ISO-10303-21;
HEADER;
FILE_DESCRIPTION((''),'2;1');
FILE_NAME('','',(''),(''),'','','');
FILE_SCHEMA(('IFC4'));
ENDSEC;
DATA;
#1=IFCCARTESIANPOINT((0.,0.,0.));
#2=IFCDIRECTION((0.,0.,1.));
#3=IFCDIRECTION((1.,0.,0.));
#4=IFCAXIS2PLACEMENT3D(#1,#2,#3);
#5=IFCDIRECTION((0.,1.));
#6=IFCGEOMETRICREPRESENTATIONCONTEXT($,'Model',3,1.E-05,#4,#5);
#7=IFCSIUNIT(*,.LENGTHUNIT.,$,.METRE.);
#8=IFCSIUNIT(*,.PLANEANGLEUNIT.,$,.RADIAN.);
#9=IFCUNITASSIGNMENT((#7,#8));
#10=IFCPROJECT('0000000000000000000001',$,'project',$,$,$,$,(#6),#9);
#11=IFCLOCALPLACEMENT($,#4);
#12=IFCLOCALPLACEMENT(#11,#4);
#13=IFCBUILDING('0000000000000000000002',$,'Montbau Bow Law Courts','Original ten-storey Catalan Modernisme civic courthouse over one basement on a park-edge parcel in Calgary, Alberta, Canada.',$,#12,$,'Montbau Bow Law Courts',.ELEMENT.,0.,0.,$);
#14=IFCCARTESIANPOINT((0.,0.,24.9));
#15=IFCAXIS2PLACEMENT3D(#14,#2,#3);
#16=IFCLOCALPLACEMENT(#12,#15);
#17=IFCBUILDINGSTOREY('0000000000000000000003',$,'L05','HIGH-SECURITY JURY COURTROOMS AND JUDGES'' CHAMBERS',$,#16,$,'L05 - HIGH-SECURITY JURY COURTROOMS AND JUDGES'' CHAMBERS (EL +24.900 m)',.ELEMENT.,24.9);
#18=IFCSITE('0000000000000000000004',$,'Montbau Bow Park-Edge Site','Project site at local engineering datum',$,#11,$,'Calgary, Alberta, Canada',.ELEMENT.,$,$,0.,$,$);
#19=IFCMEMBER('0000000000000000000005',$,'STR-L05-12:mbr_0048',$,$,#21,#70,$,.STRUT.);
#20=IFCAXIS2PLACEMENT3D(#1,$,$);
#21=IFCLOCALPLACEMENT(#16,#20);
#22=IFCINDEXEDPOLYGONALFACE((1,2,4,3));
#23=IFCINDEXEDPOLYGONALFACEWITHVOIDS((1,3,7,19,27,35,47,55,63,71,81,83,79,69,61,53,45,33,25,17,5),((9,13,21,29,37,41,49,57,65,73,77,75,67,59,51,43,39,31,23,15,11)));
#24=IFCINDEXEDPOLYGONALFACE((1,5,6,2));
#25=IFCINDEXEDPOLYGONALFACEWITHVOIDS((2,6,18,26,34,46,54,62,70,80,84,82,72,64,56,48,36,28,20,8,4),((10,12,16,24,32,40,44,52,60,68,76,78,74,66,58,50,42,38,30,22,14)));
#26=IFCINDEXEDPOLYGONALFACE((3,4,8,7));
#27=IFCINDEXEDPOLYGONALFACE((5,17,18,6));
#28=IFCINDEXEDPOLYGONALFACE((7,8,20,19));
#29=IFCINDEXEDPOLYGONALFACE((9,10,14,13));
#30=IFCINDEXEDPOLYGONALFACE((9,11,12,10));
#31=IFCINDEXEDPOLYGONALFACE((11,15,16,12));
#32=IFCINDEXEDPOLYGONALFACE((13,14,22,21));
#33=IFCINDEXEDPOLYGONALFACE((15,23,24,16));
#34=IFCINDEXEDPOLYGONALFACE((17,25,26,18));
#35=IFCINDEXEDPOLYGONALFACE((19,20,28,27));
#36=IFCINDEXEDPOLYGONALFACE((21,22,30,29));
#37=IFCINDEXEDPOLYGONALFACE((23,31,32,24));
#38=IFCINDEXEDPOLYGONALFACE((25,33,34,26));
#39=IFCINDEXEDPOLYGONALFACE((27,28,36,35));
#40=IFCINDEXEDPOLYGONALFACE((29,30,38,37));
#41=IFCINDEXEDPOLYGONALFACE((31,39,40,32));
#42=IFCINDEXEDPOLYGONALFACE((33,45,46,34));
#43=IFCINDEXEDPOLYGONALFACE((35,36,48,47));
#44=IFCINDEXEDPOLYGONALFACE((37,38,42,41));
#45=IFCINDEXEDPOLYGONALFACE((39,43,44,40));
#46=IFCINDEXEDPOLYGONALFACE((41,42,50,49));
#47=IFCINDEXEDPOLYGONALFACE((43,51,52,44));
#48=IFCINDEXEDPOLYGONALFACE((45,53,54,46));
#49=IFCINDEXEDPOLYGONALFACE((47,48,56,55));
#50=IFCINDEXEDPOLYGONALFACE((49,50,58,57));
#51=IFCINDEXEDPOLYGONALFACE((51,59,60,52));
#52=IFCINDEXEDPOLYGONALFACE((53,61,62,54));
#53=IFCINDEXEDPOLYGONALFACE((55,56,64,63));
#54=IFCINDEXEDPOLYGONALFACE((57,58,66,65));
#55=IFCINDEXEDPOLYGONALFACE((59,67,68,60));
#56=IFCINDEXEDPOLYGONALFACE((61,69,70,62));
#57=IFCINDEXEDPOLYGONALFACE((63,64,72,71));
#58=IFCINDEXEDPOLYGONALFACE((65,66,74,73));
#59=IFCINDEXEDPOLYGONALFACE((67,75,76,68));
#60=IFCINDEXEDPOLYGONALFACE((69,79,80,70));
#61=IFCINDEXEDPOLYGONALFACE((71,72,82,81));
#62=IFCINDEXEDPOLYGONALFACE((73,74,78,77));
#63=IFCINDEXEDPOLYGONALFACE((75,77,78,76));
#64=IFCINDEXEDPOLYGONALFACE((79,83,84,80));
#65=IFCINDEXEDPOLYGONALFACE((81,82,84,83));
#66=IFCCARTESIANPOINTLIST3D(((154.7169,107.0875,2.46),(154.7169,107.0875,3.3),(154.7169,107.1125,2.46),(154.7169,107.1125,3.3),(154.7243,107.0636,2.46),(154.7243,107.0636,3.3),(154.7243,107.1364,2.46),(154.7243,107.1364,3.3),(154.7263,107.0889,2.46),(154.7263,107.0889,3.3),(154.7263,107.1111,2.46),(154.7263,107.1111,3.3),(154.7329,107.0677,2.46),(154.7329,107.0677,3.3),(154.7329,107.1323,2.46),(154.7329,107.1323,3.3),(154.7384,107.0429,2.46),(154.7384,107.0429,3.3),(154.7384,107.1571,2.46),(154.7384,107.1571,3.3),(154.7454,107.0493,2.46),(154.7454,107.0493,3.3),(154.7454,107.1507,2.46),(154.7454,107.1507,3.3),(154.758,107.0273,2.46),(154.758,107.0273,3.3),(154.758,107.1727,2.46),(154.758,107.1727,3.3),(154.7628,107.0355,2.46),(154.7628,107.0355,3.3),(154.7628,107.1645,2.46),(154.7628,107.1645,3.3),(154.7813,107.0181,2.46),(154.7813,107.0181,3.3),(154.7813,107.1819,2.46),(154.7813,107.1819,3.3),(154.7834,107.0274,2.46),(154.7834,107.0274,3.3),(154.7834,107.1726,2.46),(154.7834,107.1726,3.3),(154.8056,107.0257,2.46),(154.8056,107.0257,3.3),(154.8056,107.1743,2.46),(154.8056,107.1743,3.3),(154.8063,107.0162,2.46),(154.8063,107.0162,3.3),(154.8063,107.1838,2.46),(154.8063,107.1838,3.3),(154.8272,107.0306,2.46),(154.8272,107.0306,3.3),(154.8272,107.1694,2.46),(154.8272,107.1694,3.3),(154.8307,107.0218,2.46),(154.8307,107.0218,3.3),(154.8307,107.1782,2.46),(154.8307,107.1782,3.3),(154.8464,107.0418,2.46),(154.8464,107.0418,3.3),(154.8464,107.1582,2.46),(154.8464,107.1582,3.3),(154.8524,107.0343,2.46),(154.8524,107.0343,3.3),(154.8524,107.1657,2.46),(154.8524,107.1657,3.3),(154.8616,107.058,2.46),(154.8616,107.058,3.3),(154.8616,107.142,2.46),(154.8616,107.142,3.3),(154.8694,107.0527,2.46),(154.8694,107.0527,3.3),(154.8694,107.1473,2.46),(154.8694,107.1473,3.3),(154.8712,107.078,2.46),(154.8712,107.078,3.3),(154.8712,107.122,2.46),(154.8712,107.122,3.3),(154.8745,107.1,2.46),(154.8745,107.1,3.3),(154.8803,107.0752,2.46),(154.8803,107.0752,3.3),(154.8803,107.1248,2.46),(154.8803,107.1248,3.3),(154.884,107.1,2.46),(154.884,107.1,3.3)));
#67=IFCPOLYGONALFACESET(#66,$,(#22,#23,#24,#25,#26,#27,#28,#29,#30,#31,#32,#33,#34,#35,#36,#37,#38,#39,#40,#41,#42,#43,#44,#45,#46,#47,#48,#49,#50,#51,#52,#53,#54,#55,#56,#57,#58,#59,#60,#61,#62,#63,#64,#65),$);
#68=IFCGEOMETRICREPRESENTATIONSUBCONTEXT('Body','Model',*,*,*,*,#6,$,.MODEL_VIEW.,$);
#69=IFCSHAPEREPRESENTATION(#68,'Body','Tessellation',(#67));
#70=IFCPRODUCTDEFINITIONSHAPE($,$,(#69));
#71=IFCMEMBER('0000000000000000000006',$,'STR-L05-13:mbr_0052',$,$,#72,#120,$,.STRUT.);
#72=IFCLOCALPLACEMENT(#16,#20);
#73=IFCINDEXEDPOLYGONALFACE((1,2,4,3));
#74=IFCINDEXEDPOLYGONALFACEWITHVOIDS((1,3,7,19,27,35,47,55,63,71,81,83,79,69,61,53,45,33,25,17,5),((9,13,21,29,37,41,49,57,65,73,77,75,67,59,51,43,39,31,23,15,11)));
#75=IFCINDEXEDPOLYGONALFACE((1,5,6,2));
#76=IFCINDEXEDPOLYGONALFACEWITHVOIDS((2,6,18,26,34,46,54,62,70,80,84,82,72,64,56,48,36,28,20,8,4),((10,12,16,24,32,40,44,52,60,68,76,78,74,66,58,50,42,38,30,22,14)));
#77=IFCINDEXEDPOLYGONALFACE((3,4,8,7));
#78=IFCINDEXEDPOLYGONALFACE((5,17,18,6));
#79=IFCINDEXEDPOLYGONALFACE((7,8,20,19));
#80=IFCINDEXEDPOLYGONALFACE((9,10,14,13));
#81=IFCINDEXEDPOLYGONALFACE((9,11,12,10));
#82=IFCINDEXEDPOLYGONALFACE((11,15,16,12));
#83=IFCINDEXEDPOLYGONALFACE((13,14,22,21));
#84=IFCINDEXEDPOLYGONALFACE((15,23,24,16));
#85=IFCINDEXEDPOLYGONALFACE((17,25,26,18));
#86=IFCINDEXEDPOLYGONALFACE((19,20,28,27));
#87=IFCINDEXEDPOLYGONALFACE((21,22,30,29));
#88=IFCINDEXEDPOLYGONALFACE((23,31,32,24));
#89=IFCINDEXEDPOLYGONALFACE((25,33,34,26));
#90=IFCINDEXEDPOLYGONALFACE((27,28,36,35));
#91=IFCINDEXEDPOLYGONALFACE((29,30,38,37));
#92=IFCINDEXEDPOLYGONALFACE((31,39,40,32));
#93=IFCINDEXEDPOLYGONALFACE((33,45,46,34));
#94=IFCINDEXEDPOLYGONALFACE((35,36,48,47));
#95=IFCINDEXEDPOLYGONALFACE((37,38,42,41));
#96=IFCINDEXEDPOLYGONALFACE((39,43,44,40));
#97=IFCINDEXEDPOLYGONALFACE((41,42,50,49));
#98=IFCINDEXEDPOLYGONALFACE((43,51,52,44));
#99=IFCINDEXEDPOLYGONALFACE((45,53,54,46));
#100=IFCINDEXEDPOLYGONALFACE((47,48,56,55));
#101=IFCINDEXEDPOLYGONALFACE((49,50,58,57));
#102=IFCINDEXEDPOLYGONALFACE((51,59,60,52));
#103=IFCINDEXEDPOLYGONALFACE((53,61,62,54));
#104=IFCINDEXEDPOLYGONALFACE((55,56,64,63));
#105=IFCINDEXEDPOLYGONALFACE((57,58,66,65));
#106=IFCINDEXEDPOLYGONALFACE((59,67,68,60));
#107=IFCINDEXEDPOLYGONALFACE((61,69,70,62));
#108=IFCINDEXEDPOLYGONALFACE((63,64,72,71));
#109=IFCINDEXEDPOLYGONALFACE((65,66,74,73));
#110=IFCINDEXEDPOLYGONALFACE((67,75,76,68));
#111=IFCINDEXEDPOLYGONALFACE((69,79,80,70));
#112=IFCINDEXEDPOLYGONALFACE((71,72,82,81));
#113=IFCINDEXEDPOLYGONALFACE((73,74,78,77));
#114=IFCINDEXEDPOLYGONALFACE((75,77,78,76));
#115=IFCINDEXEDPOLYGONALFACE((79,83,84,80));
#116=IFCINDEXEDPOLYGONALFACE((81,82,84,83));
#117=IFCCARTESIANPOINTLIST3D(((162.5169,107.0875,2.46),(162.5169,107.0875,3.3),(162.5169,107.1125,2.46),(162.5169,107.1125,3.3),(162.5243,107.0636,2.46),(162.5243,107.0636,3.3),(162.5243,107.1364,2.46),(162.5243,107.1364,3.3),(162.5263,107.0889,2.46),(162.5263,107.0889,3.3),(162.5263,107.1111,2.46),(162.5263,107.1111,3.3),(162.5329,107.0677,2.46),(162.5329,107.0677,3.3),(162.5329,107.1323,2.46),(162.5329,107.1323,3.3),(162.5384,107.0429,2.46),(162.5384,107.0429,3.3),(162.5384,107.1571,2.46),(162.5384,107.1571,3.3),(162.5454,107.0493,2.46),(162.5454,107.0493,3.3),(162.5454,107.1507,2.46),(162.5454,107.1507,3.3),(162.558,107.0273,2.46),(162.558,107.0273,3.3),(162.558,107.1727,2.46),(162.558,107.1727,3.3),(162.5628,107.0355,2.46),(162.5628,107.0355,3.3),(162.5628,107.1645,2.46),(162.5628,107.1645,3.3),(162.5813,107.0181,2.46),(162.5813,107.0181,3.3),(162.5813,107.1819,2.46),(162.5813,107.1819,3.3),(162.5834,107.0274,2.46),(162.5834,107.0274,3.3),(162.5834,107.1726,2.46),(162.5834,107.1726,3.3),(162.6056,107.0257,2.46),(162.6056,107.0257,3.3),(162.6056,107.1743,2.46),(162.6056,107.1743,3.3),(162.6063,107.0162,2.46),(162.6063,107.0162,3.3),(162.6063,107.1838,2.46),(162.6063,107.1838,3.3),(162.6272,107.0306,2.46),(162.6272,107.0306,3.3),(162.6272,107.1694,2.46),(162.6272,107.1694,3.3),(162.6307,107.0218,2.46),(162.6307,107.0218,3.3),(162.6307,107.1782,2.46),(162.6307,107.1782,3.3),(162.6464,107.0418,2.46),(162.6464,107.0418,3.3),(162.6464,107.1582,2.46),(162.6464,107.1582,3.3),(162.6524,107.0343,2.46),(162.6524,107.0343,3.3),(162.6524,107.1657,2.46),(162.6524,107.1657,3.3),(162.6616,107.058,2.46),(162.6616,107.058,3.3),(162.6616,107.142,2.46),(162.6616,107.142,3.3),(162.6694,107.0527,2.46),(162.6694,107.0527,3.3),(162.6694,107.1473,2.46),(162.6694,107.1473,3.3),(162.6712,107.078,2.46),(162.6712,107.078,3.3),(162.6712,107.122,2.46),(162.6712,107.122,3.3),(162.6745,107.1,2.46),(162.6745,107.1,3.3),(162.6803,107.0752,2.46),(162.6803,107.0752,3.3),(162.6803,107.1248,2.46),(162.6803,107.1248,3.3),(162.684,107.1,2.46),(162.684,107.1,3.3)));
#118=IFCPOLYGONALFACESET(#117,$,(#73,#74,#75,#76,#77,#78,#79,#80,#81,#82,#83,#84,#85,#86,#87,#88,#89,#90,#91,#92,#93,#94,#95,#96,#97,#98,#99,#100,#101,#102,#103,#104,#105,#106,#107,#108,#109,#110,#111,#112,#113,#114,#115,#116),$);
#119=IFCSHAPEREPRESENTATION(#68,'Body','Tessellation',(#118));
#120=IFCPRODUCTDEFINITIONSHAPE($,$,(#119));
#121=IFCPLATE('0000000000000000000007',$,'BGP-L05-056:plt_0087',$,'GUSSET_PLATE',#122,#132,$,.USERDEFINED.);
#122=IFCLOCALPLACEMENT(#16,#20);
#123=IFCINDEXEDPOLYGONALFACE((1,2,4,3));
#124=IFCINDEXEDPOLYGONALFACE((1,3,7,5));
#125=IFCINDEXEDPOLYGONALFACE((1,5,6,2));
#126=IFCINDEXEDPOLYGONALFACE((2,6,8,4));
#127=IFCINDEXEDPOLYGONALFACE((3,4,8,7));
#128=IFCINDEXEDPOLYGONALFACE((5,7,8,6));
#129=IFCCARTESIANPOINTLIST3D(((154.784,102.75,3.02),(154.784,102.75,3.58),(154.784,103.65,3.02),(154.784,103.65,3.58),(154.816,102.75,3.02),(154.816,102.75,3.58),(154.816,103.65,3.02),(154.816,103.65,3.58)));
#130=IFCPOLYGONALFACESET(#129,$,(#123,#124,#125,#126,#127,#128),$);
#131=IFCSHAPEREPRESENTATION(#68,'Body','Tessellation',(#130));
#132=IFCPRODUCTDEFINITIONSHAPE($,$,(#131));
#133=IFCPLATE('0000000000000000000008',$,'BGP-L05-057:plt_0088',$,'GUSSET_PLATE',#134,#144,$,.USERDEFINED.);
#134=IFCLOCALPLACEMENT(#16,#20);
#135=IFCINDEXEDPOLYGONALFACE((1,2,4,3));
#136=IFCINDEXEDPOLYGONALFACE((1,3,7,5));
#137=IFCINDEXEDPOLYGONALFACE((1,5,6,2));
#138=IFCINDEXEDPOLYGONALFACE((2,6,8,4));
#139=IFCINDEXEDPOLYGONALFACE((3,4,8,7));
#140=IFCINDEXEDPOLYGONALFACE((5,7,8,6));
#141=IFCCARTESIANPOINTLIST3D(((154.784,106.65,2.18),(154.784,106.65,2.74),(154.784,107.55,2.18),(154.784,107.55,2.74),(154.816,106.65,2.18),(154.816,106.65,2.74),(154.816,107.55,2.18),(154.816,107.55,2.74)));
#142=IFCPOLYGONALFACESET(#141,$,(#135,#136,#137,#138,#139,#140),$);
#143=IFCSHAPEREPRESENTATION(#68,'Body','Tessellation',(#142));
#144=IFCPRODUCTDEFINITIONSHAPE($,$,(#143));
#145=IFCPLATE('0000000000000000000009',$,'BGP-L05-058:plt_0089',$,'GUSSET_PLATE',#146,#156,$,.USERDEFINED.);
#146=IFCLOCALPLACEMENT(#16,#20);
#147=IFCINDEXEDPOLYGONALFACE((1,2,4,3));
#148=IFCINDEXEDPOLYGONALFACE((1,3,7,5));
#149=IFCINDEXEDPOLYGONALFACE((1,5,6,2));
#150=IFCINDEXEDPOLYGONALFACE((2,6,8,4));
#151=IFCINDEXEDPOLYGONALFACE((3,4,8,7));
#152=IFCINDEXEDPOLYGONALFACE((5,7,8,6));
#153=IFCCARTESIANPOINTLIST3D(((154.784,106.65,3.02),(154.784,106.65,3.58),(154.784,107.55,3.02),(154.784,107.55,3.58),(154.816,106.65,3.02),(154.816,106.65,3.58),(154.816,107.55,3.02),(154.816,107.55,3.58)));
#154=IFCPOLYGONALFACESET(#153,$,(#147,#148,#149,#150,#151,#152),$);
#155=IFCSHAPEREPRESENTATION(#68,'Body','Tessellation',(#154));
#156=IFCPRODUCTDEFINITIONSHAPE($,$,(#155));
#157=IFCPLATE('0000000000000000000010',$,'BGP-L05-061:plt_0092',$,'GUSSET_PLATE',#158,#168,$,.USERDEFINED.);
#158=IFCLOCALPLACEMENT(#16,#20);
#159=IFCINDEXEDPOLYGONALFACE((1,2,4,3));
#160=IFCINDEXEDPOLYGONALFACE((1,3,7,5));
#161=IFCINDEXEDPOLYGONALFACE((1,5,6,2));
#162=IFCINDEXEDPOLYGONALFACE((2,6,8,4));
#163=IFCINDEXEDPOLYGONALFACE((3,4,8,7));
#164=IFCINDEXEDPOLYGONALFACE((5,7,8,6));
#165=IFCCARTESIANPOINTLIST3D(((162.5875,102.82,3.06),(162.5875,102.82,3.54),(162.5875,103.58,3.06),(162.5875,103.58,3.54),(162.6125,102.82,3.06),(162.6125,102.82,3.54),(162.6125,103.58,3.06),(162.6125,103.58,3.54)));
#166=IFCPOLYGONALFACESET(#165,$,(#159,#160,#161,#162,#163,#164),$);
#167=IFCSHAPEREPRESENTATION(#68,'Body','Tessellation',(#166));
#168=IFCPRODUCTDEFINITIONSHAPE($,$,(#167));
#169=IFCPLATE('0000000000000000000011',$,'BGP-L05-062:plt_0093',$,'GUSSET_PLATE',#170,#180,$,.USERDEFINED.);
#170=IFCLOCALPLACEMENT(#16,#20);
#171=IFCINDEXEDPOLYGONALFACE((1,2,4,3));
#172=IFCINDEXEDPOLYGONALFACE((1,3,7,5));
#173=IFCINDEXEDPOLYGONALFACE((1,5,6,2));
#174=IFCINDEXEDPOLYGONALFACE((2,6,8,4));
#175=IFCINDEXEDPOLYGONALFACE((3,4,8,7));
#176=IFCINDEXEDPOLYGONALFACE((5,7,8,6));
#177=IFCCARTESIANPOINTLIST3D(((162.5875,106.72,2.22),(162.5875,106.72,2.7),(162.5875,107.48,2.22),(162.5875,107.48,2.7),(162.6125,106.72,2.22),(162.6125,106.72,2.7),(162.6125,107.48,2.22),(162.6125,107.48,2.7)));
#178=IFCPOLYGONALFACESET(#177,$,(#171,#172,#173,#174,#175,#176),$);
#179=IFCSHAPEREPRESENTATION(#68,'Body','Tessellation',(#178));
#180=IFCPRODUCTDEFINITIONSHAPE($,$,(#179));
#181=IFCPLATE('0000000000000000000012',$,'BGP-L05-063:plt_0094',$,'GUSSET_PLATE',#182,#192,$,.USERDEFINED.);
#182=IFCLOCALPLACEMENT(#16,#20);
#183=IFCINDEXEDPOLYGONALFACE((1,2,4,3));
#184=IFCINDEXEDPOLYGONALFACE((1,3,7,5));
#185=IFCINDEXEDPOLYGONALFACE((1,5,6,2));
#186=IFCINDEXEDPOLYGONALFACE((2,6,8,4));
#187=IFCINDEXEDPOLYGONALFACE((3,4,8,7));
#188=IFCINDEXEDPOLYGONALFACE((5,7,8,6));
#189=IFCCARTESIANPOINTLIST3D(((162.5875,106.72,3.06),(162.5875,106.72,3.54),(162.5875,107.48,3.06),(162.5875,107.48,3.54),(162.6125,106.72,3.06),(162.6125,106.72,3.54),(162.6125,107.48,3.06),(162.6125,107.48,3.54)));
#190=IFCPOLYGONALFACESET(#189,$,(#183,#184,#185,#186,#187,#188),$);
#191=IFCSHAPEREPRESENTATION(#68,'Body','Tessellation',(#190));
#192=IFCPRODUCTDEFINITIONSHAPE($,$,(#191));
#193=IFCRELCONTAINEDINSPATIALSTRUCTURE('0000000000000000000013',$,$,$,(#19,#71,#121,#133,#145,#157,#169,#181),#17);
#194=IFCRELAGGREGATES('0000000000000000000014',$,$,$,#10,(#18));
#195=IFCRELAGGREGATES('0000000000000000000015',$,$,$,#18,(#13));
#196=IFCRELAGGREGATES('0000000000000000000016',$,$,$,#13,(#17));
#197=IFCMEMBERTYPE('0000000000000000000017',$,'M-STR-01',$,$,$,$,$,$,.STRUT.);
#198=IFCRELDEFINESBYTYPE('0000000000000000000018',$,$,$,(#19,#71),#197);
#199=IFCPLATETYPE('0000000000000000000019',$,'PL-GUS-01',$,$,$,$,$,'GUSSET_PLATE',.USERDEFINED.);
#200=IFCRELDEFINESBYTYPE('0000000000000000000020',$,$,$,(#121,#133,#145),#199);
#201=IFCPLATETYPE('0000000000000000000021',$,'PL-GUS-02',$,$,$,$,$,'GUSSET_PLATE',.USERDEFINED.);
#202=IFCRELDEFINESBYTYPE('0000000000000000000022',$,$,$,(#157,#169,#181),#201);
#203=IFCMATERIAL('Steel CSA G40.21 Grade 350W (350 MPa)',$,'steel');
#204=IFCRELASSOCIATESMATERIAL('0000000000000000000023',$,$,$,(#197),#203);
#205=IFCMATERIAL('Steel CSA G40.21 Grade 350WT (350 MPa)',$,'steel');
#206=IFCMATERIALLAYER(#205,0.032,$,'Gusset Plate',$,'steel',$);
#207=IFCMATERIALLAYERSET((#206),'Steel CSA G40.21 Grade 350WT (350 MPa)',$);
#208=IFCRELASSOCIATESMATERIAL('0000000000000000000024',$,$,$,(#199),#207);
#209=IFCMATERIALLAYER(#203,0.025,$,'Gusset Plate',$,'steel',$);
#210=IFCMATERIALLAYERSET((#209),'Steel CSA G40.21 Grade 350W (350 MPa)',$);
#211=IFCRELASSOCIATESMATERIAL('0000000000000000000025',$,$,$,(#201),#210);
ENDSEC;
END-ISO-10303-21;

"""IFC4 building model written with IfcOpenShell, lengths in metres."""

from ifc_helpers import new_model, si_unit, direction, frame, origin_with_axes, origin_2d_with_axis, place, context, subcontext, project, spatial, rectangle, hollow_circle, extrude, material, layer, layer_set, material_profile, profile_set, type_object, element, save


model = new_model("IFC4")

# Units and contexts
model_context = context("Model", 3, precision=1e-05, world=origin_with_axes(), true_north=direction((0.0, 1.0)))
body_context = subcontext(model_context, "Body", "Model", "MODEL_VIEW")
ifc_project = project(units=[si_unit("LENGTHUNIT", "METRE"), si_unit("PLANEANGLEUNIT", "RADIAN")], contexts=[model_context])

# Site, building, storey
site_placement = place(None, origin_with_axes())
site = spatial("IfcSite", under=ifc_project, at=site_placement, Name="Montbau Bow Park-Edge Site", Description="Project site at local engineering datum", LongName="Calgary, Alberta, Canada", CompositionType="ELEMENT", RefElevation=0.0)
building_placement = place(site_placement, origin_with_axes())
building = spatial("IfcBuilding", under=site, at=building_placement, Name="Montbau Bow Law Courts", Description="Original ten-storey Catalan Modernisme civic courthouse over one basement on a park-edge parcel in Calgary, Alberta, Canada.", LongName="Montbau Bow Law Courts", CompositionType="ELEMENT", ElevationOfRefHeight=0.0, ElevationOfTerrain=0.0)
storey_placement = place(building_placement, frame((0.0, 0.0, 24.9), z_axis=(0.0, 0.0, 1.0), x_axis=(1.0, 0.0, 0.0)))
storey = spatial("IfcBuildingStorey", under=building, at=storey_placement, Name="L05", Description="HIGH-SECURITY JURY COURTROOMS AND JUDGES' CHAMBERS", LongName="L05 - HIGH-SECURITY JURY COURTROOMS AND JUDGES' CHAMBERS (EL +24.900 m)", CompositionType="ELEMENT", Elevation=24.9)

# Shared definitions
ifc_material_1 = material(Name="Steel CSA G40.21 Grade 350W (350 MPa)", Category="steel")

# Shared definitions
ifc_material_2 = material(Name="Steel CSA G40.21 Grade 350WT (350 MPa)", Category="steel")

# Members
ifc_material_profile_1 = material_profile(ifc_material_1, hollow_circle(Radius=0.084, WallThickness=0.0095, at=origin_2d_with_axis()), Name="HSS168X9.5", Category="Main", Priority=0)
ifc_profile_set_1 = profile_set([ifc_material_profile_1], Name="Steel CSA G40.21 Grade 350W (350 MPa)")
member_type_1 = type_object("IfcMemberType", Name="M-STR-01", PredefinedType="STRUT", material=ifc_profile_set_1)
for number, where, z_axis, x_axis, name in (
    (1, (154.8, 107.1, 27.36), (0.0, 0.0, 1.0), (1.0, 0.0, 0.0), "STR-L05-12:mbr_0048"),
    (2, (162.6, 107.1, 27.36), (0.0, 0.0, 1.0), (1.0, 0.0, 0.0), "STR-L05-13:mbr_0052"),
):
    element("IfcMember", number, at=place(None, frame(where, z_axis=z_axis, x_axis=x_axis)), inside=storey, type_object=member_type_1, Name=name, PredefinedType="STRUT", context=body_context, shape_type="SweptSolid", body=[
        extrude(hollow_circle(Radius=0.084, WallThickness=0.0095, at=origin_2d_with_axis()), origin_with_axes(), (0.0, 0.0, 1.0), 0.84),
    ])

# Plates
ifc_layer_1 = layer(ifc_material_2, 0.032, Name="Gusset Plate", Category="steel")
ifc_layer_set_1 = layer_set([ifc_layer_1], Name="Steel CSA G40.21 Grade 350WT (350 MPa)")
plate_type_1 = type_object("IfcPlateType", Name="PL-GUS-01", ElementType="GUSSET_PLATE", PredefinedType="USERDEFINED", material=ifc_layer_set_1)
for number, where, z_axis, x_axis, name in (
    (3, (154.8, 103.2, 27.92), (0.0, 0.0, 1.0), (0.0, 1.0, 0.0), "BGP-L05-056:plt_0087"),
    (4, (154.8, 107.1, 27.08), (0.0, 0.0, 1.0), (0.0, 1.0, 0.0), "BGP-L05-057:plt_0088"),
    (5, (154.8, 107.1, 27.92), (0.0, 0.0, 1.0), (0.0, 1.0, 0.0), "BGP-L05-058:plt_0089"),
):
    element("IfcPlate", number, at=place(None, frame(where, z_axis=z_axis, x_axis=x_axis)), inside=storey, type_object=plate_type_1, Name=name, ObjectType="GUSSET_PLATE", PredefinedType="USERDEFINED", context=body_context, shape_type="SweptSolid", body=[
        extrude(rectangle(XDim=0.9, YDim=0.032, at=origin_2d_with_axis()), origin_with_axes(), (0.0, 0.0, 1.0), 0.56),
    ])
ifc_layer_2 = layer(ifc_material_1, 0.025, Name="Gusset Plate", Category="steel")
ifc_layer_set_2 = layer_set([ifc_layer_2], Name="Steel CSA G40.21 Grade 350W (350 MPa)")
plate_type_2 = type_object("IfcPlateType", Name="PL-GUS-02", ElementType="GUSSET_PLATE", PredefinedType="USERDEFINED", material=ifc_layer_set_2)
for number, where, z_axis, x_axis, name in (
    (6, (162.6, 103.2, 27.96), (0.0, 0.0, 1.0), (0.0, 1.0, 0.0), "BGP-L05-061:plt_0092"),
    (7, (162.6, 107.1, 27.12), (0.0, 0.0, 1.0), (0.0, 1.0, 0.0), "BGP-L05-062:plt_0093"),
    (8, (162.6, 107.1, 27.96), (0.0, 0.0, 1.0), (0.0, 1.0, 0.0), "BGP-L05-063:plt_0094"),
):
    element("IfcPlate", number, at=place(None, frame(where, z_axis=z_axis, x_axis=x_axis)), inside=storey, type_object=plate_type_2, Name=name, ObjectType="GUSSET_PLATE", PredefinedType="USERDEFINED", context=body_context, shape_type="SweptSolid", body=[
        extrude(rectangle(XDim=0.76, YDim=0.025, at=origin_2d_with_axis()), origin_with_axes(), (0.0, 0.0, 1.0), 0.48),
    ])

save(model, "model.ifc")
